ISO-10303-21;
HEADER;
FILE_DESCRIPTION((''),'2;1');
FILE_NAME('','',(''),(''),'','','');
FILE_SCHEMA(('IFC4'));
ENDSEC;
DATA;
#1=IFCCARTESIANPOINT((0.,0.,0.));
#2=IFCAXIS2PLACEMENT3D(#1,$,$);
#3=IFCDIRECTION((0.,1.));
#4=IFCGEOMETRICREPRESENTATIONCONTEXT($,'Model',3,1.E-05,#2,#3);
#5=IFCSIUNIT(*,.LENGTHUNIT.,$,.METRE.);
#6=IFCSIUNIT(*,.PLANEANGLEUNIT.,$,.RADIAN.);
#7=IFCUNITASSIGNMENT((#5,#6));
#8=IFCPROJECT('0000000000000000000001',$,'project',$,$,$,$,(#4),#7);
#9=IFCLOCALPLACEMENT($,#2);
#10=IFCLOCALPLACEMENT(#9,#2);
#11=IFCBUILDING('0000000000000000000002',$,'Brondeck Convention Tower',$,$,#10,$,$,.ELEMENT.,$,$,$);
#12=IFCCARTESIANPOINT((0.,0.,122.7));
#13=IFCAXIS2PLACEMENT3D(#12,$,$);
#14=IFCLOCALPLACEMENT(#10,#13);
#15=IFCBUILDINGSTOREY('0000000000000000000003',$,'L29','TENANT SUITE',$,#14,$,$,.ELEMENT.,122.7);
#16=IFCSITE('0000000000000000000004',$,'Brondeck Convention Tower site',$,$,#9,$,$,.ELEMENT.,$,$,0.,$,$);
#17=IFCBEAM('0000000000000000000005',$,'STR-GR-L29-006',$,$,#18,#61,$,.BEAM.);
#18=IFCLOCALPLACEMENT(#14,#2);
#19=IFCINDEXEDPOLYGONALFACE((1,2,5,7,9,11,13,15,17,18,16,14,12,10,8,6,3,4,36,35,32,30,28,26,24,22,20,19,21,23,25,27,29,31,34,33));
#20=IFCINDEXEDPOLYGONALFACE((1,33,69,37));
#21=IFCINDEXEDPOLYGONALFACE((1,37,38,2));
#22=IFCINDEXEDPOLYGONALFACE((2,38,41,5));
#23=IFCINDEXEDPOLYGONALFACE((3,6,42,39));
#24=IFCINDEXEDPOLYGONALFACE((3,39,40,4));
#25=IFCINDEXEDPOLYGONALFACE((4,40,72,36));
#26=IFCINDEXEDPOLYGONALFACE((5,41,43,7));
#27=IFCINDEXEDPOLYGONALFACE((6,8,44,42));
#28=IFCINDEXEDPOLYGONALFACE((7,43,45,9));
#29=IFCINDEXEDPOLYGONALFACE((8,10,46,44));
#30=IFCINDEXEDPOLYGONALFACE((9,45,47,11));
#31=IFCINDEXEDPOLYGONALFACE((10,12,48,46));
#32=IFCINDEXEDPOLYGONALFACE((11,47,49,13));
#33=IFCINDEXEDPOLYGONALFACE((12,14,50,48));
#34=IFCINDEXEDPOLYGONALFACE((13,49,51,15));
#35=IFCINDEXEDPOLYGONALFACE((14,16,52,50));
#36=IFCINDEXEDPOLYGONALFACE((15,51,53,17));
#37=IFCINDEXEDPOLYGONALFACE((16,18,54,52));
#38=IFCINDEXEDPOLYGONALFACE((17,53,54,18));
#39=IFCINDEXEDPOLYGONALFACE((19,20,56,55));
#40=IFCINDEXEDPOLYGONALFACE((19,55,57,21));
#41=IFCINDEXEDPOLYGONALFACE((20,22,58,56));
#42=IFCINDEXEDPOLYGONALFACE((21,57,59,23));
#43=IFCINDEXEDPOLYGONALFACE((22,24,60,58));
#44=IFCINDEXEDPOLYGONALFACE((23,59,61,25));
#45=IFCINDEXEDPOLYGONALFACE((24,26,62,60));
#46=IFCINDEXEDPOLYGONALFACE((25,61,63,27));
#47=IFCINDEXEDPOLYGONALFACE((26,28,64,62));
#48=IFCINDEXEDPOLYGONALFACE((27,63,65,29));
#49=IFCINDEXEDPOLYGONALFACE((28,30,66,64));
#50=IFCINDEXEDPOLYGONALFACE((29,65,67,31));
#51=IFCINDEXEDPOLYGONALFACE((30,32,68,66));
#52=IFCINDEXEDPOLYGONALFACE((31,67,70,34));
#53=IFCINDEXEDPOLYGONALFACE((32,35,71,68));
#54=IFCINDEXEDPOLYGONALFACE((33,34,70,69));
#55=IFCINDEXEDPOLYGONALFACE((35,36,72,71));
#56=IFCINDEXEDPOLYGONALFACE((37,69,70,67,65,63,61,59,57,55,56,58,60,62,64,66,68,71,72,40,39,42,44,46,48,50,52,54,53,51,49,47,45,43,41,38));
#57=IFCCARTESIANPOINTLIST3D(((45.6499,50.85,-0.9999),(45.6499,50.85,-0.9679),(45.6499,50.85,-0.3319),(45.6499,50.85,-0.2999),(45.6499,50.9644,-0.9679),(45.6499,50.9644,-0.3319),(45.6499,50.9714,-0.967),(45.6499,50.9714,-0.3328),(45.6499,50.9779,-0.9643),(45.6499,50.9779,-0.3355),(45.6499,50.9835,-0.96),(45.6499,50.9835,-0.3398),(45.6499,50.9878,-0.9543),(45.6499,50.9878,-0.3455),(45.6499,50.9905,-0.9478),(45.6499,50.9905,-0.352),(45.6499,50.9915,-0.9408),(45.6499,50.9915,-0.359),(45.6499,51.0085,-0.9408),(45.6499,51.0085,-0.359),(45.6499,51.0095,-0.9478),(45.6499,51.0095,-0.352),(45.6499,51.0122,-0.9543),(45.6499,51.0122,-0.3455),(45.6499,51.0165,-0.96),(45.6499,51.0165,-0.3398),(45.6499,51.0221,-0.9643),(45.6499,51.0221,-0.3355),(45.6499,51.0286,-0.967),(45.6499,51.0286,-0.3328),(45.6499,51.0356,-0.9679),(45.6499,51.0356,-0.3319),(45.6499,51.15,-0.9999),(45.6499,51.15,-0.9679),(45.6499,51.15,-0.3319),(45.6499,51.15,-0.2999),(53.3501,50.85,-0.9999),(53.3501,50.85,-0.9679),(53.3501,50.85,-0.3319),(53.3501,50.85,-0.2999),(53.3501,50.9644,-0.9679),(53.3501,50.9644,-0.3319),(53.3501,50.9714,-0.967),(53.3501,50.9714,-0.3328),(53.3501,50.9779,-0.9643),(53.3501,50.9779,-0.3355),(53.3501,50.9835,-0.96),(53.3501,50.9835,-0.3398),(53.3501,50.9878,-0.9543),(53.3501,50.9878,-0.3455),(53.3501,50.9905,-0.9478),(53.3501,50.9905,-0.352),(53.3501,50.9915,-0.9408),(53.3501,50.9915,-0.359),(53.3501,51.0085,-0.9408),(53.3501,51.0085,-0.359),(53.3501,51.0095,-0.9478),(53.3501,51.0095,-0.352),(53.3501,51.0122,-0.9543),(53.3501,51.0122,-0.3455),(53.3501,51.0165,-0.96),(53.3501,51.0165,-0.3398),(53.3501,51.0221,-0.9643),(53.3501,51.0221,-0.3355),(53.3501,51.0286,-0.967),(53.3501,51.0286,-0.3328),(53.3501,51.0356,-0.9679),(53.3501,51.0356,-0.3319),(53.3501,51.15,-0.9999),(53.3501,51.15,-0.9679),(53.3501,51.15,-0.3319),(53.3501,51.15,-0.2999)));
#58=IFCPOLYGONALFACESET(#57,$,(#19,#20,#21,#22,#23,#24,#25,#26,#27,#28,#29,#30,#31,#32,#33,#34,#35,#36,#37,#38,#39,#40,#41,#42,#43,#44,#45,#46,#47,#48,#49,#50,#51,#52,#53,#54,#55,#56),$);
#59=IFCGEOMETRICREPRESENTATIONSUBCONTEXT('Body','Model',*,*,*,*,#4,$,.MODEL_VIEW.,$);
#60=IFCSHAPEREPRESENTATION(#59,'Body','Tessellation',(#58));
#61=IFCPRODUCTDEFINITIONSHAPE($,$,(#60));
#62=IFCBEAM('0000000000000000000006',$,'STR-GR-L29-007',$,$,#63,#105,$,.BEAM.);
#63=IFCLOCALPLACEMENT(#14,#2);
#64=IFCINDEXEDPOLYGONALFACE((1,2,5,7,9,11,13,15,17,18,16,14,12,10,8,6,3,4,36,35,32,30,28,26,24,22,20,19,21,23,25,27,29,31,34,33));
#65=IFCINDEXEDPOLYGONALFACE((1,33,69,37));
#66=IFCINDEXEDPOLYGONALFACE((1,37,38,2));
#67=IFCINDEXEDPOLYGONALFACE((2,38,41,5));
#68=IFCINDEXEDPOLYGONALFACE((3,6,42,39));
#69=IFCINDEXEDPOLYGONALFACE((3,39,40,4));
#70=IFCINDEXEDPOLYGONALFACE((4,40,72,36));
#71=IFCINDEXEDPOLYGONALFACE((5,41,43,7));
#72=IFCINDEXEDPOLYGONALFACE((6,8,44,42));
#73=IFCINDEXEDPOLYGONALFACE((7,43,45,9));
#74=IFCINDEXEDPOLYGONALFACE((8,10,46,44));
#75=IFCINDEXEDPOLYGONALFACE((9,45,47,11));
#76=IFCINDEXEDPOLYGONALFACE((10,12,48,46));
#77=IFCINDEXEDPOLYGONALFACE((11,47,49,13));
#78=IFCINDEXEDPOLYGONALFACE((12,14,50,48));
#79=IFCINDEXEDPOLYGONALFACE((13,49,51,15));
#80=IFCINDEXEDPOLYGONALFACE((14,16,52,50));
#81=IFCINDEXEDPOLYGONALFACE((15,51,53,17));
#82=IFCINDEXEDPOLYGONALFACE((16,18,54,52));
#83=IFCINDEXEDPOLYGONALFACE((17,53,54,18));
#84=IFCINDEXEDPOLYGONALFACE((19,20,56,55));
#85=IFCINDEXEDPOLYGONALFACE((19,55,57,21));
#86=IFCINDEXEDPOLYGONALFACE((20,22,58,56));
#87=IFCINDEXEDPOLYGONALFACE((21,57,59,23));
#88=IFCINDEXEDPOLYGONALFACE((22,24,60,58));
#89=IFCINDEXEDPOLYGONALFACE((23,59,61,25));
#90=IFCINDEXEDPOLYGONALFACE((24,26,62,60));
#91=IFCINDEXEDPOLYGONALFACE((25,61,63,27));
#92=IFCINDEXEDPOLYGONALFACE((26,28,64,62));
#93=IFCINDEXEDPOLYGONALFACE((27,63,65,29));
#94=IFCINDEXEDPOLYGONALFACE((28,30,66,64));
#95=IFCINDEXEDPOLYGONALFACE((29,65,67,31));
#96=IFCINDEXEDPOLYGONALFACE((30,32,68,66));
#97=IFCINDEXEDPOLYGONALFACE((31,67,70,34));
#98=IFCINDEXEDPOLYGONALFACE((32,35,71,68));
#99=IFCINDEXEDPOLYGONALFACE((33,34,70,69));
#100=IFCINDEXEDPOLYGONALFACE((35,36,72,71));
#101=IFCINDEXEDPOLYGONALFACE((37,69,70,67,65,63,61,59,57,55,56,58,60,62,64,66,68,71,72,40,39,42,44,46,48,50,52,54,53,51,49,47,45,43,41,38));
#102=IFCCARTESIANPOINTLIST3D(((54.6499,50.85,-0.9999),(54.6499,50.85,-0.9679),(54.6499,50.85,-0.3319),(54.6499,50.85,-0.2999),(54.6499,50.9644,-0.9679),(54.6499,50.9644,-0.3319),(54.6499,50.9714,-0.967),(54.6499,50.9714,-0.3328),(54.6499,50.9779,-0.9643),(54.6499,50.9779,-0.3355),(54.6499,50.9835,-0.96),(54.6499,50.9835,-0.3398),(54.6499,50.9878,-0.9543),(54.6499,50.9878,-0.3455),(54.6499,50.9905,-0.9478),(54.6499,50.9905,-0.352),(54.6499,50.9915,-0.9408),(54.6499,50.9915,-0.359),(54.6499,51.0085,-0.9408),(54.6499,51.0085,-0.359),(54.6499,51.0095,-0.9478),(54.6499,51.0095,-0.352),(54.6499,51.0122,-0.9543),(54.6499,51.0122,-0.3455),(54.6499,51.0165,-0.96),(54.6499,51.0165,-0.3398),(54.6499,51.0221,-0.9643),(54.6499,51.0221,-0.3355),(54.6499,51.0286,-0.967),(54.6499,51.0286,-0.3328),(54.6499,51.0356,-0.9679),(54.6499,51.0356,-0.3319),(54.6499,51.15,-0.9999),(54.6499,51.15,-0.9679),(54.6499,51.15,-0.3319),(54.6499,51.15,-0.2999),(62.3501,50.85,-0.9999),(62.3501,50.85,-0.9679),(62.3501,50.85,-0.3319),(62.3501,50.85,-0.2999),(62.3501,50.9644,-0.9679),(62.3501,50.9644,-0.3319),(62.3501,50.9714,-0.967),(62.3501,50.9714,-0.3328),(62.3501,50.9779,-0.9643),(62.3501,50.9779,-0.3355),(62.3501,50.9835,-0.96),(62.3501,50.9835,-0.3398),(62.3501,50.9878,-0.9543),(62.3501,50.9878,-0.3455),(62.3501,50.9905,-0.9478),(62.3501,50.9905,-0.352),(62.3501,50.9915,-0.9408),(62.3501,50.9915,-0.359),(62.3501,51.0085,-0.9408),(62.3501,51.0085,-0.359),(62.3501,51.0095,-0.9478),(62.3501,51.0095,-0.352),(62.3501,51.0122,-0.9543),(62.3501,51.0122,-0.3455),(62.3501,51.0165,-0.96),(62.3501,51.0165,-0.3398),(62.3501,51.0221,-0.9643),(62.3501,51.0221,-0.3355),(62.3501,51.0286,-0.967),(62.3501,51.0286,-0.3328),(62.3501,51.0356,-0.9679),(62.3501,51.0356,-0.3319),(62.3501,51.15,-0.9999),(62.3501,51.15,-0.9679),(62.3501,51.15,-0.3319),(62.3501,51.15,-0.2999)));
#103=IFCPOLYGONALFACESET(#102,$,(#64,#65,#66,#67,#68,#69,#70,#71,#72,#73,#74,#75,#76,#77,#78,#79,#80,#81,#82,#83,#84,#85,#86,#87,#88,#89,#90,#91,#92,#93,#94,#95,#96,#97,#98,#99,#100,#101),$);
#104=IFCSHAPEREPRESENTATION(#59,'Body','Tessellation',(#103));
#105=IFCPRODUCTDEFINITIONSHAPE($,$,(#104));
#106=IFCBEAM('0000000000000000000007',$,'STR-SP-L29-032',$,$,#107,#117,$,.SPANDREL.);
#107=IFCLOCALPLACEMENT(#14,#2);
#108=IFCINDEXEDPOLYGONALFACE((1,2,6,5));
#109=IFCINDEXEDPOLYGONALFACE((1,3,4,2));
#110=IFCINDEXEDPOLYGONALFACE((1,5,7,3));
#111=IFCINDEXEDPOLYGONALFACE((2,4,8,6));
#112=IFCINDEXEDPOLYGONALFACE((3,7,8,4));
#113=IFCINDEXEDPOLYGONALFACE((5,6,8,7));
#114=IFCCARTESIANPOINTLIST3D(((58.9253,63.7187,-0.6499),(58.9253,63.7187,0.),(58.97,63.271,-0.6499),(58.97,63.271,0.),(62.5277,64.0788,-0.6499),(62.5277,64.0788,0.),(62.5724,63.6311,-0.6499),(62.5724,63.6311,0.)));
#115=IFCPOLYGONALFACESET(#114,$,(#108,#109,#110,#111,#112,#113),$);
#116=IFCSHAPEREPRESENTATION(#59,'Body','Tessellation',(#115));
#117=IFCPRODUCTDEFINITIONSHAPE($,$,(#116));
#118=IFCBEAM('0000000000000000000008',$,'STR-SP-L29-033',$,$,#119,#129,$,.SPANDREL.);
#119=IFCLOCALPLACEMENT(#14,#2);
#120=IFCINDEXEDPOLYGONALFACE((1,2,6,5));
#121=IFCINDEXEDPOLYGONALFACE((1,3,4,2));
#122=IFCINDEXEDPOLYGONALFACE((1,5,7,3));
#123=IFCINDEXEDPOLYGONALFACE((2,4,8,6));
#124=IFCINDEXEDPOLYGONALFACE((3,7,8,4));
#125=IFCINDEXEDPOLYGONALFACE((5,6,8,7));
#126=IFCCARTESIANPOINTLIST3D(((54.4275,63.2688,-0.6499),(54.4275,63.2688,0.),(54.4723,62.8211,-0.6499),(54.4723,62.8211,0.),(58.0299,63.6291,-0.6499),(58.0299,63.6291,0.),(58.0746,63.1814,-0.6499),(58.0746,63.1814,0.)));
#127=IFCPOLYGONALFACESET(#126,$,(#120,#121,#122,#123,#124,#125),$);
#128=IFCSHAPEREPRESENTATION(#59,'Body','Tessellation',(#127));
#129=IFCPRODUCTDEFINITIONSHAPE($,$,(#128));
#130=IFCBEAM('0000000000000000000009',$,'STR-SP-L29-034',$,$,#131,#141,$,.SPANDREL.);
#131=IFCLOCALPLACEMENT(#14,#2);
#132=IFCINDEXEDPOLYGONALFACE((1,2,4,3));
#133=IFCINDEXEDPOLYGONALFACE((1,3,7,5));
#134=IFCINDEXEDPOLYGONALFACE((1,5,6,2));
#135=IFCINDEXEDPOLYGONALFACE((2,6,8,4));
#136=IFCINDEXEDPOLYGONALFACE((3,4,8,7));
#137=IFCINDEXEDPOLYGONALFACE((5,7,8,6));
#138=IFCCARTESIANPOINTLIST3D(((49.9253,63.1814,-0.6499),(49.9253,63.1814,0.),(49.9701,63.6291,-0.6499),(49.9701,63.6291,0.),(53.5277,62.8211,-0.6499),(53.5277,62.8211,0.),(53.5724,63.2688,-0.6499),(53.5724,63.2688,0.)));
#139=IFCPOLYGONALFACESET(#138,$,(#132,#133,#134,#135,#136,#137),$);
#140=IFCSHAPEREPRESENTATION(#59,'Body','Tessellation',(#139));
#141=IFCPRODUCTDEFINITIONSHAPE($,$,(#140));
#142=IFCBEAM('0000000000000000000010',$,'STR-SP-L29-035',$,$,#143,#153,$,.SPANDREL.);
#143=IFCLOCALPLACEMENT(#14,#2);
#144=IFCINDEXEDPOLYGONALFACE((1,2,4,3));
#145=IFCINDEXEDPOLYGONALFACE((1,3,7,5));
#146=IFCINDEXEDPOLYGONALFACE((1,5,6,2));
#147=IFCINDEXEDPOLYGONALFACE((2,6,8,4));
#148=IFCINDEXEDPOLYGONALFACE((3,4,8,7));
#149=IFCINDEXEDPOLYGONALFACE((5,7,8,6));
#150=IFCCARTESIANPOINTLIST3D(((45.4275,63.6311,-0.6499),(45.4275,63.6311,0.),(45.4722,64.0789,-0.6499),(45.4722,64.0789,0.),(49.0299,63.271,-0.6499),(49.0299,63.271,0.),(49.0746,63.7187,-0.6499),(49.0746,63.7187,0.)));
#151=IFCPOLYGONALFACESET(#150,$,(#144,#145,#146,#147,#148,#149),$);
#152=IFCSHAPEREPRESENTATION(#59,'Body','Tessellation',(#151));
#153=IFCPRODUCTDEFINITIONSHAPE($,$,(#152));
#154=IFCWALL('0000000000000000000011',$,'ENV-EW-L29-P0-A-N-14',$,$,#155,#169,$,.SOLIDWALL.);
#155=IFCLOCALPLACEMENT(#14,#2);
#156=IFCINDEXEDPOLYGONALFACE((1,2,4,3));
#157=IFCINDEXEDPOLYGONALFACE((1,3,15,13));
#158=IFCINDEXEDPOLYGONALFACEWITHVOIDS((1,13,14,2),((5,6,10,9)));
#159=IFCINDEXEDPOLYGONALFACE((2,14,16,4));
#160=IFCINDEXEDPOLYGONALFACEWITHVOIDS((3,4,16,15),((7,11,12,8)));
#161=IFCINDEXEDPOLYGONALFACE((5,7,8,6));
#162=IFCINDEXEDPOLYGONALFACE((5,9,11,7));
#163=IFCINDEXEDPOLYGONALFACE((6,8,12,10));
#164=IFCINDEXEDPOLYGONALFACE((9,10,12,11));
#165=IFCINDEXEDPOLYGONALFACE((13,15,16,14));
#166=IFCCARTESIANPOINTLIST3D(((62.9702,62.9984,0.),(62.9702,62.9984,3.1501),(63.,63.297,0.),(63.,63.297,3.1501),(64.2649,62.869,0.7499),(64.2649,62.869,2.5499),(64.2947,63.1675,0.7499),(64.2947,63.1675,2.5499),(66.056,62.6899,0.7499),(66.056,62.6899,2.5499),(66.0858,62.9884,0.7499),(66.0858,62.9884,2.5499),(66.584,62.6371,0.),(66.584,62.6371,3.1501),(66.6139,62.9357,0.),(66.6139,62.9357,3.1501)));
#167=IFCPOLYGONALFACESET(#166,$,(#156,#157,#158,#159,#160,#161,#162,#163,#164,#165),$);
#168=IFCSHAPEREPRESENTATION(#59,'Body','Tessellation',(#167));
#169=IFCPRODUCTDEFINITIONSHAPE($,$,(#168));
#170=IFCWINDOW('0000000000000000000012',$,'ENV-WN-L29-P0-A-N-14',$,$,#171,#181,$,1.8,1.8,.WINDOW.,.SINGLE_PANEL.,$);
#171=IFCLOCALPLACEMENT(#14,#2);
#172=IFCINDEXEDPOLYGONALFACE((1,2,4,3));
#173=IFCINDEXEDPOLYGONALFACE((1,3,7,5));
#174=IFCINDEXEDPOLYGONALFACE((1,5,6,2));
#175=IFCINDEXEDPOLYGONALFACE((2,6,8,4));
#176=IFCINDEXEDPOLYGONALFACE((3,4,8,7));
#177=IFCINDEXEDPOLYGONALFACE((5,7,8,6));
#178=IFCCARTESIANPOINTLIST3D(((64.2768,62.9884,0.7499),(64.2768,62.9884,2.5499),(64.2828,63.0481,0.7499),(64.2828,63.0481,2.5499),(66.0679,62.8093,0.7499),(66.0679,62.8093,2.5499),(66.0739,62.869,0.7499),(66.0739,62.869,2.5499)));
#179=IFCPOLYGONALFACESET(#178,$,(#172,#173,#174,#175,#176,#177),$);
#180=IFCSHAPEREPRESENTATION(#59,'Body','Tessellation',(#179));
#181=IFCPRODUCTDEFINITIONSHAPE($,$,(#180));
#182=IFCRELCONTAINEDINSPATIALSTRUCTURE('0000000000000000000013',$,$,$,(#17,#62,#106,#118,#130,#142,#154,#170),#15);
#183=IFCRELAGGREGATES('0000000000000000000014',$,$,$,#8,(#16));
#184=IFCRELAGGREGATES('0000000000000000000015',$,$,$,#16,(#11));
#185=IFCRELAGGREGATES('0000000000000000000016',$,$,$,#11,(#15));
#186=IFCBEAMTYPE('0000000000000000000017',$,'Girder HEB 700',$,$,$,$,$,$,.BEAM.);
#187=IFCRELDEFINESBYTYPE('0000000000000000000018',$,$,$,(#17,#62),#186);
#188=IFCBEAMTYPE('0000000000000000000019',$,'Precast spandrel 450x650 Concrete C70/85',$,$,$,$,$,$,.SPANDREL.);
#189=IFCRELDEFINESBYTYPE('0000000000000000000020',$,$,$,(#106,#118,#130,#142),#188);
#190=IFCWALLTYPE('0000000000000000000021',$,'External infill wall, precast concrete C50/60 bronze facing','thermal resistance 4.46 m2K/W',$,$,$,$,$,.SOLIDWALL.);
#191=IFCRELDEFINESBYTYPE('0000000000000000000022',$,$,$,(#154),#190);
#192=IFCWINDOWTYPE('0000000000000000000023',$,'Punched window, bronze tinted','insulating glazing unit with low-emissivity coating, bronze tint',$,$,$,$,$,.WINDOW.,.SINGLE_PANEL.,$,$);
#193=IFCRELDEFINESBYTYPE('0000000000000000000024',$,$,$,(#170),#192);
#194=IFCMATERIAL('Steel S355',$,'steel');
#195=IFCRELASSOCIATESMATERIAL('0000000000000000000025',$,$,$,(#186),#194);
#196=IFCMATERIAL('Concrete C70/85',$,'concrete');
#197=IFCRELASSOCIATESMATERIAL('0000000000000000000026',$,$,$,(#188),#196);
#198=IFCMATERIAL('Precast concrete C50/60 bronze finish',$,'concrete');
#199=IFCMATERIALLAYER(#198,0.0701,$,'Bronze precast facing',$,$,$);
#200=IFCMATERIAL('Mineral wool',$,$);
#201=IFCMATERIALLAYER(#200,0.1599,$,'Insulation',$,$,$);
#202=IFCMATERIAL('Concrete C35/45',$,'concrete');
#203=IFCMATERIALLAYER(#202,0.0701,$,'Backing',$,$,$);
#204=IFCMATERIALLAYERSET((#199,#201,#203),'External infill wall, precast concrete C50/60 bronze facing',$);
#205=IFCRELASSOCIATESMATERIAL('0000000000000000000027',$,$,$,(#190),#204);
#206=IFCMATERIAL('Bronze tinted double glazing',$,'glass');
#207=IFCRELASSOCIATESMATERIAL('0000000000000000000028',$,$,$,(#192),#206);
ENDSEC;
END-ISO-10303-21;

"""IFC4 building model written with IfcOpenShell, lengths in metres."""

from ifc_helpers import new_model, si_unit, direction, frame, frame_2d, origin, origin_2d, place, context, subcontext, project, spatial, rectangle, i_section, extrude, material, layer, layer_set, material_profile, profile_set, type_object, element, fill, save


model = new_model("IFC4")

# Units and contexts
model_context = context("Model", 3, precision=1e-05, world=origin(), true_north=direction((0.0, 1.0)))
body_context = subcontext(model_context, "Body", "Model", "MODEL_VIEW")
ifc_project = project(units=[si_unit("LENGTHUNIT", "METRE"), si_unit("PLANEANGLEUNIT", "RADIAN")], contexts=[model_context])

# Site, building, storey
site_placement = place(None, origin())
site = spatial("IfcSite", under=ifc_project, at=site_placement, Name="Brondeck Convention Tower site", CompositionType="ELEMENT", RefElevation=0.0)
building_placement = place(site_placement, origin())
building = spatial("IfcBuilding", under=site, at=building_placement, Name="Brondeck Convention Tower", CompositionType="ELEMENT")
storey_placement = place(building_placement, frame((0.0, 0.0, 122.7)))
storey = spatial("IfcBuildingStorey", under=building, at=storey_placement, Name="L29", Description="TENANT SUITE", CompositionType="ELEMENT", Elevation=122.7)

# Shared definitions
ifc_material_1 = material(Name="Concrete C70/85", Category="concrete")

# Beams
ifc_material_2 = material(Name="Steel S355", Category="steel")
ifc_material_profile_1 = material_profile(ifc_material_2, i_section(OverallWidth=0.3, OverallDepth=0.7, WebThickness=0.0171, FlangeThickness=0.032, FilletRadius=0.0271, at=origin_2d()), Name="HEB 700")
ifc_profile_set_1 = profile_set([ifc_material_profile_1], Name="Steel S355")
beam_type_1 = type_object("IfcBeamType", Name="Girder HEB 700", PredefinedType="BEAM", material=ifc_profile_set_1)
for number, where, z_axis, x_axis, name in (
    (1, (45.6499, 51.0, -0.6499), (1.0, 0.0, 0.0), (0.0, 1.0, 0.0), "STR-GR-L29-006"),
    (2, (54.6499, 51.0, -0.6499), (1.0, 0.0, 0.0), (0.0, 1.0, 0.0), "STR-GR-L29-007"),
):
    element("IfcBeam", number, at=place(storey_placement, frame(where, z_axis=z_axis, x_axis=x_axis)), inside=storey, type_object=beam_type_1, Name=name, PredefinedType="BEAM", context=body_context, shape_type="SweptSolid", body=[
        extrude(i_section(OverallWidth=0.3, OverallDepth=0.7, WebThickness=0.0171, FlangeThickness=0.032, FilletRadius=0.0271, at=origin_2d()), origin(), (0.0, 0.0, 1.0), 7.7002),
    ])
ifc_material_profile_2 = material_profile(ifc_material_1, rectangle(XDim=0.45, YDim=0.6499, at=origin_2d()), Name="Precast spandrel 450x650 Concrete C70/85")
ifc_profile_set_2 = profile_set([ifc_material_profile_2], Name="Concrete C70/85")
beam_type_2 = type_object("IfcBeamType", Name="Precast spandrel 450x650 Concrete C70/85", PredefinedType="SPANDREL", material=ifc_profile_set_2)
for number, where, z_axis, x_axis, name in (
    (3, (62.55, 63.855, -0.325), (-0.995041, -0.09947, 0.0), (0.09947, -0.995041, 0.0), "STR-SP-L29-032"),
    (4, (58.0522, 63.4053, -0.325), (-0.995034, -0.099537, 0.0), (0.099537, -0.995034, 0.0), "STR-SP-L29-033"),
    (5, (53.55, 63.0449, -0.325), (-0.995034, 0.099537, 0.0), (-0.099537, -0.995034, 0.0), "STR-SP-L29-034"),
    (6, (49.0522, 63.4949, -0.325), (-0.995041, 0.09947, 0.0), (-0.09947, -0.995041, 0.0), "STR-SP-L29-035"),
):
    element("IfcBeam", number, at=place(storey_placement, frame(where, z_axis=z_axis, x_axis=x_axis)), inside=storey, type_object=beam_type_2, Name=name, PredefinedType="SPANDREL", context=body_context, shape_type="SweptSolid", body=[
        extrude(rectangle(XDim=0.45, YDim=0.6499, at=origin_2d()), origin(), (0.0, 0.0, 1.0), 3.6204),
    ])

# Wall, opening, window
ifc_material_3 = material(Name="Precast concrete C50/60 bronze finish", Category="concrete")
ifc_layer_1 = layer(ifc_material_3, 0.0701, Name="Bronze precast facing")
ifc_material_4 = material(Name="Mineral wool")
ifc_layer_2 = layer(ifc_material_4, 0.1599, Name="Insulation")
ifc_material_5 = material(Name="Concrete C35/45", Category="concrete")
ifc_layer_3 = layer(ifc_material_5, 0.0701, Name="Backing")
ifc_layer_set_1 = layer_set([ifc_layer_1, ifc_layer_2, ifc_layer_3], Name="External infill wall, precast concrete C50/60 bronze facing")
wall_type_1 = type_object("IfcWallType", Name="External infill wall, precast concrete C50/60 bronze facing", Description="thermal resistance 4.46 m2K/W", PredefinedType="SOLIDWALL", material=ifc_layer_set_1)
wall_1_placement = place(storey_placement, frame((62.9851, 63.1477, 0.0), z_axis=(0.0, 0.0, 1.0), x_axis=(0.995039, -0.09949, 0.0)))
wall_1 = element("IfcWall", 7, at=wall_1_placement, inside=storey, type_object=wall_type_1, Name="ENV-EW-L29-P0-A-N-14", PredefinedType="SOLIDWALL", context=body_context, shape_type="SweptSolid", body=[
    extrude(rectangle(XDim=3.6318, YDim=0.3, at=frame_2d((1.8159, 0.0))), origin(), (0.0, 0.0, 1.0), 3.1501),
])
opening_1_placement = place(wall_1_placement, frame((1.3013, 0.0, 0.75)))
opening_1 = element("IfcOpeningElement", 8, at=opening_1_placement, cuts=wall_1, PredefinedType="OPENING", context=body_context, shape_type="SweptSolid", body=[
    extrude(rectangle(XDim=1.8, YDim=1.8, at=frame_2d((0.8999, 0.8999))), frame((0.0, 0.1599, 0.0), z_axis=(0.0, -1.0, 0.0), x_axis=(1.0, 0.0, 0.0)), (0.0, 0.0, 1.0), 0.3201),
])
ifc_material_6 = material(Name="Bronze tinted double glazing", Category="glass")
window_type_1 = type_object("IfcWindowType", Name="Punched window, bronze tinted", Description="insulating glazing unit with low-emissivity coating, bronze tint", PartitioningType="SINGLE_PANEL", PredefinedType="WINDOW", material=ifc_material_6)
window_1_placement = place(opening_1_placement, origin())
window_1 = element("IfcWindow", 9, at=window_1_placement, inside=storey, type_object=window_type_1, Name="ENV-WN-L29-P0-A-N-14", OverallHeight=1.8, OverallWidth=1.8, PartitioningType="SINGLE_PANEL", PredefinedType="WINDOW", context=body_context, shape_type="SweptSolid", body=[
    extrude(rectangle(XDim=1.8, YDim=1.8, at=frame_2d((0.8999, 0.8999))), frame((0.0, 0.03, 0.0), z_axis=(0.0, -1.0, 0.0), x_axis=(1.0, 0.0, 0.0)), (0.0, 0.0, 1.0), 0.0601),
])
fill(opening_1, window_1)

save(model, "model.ifc")
